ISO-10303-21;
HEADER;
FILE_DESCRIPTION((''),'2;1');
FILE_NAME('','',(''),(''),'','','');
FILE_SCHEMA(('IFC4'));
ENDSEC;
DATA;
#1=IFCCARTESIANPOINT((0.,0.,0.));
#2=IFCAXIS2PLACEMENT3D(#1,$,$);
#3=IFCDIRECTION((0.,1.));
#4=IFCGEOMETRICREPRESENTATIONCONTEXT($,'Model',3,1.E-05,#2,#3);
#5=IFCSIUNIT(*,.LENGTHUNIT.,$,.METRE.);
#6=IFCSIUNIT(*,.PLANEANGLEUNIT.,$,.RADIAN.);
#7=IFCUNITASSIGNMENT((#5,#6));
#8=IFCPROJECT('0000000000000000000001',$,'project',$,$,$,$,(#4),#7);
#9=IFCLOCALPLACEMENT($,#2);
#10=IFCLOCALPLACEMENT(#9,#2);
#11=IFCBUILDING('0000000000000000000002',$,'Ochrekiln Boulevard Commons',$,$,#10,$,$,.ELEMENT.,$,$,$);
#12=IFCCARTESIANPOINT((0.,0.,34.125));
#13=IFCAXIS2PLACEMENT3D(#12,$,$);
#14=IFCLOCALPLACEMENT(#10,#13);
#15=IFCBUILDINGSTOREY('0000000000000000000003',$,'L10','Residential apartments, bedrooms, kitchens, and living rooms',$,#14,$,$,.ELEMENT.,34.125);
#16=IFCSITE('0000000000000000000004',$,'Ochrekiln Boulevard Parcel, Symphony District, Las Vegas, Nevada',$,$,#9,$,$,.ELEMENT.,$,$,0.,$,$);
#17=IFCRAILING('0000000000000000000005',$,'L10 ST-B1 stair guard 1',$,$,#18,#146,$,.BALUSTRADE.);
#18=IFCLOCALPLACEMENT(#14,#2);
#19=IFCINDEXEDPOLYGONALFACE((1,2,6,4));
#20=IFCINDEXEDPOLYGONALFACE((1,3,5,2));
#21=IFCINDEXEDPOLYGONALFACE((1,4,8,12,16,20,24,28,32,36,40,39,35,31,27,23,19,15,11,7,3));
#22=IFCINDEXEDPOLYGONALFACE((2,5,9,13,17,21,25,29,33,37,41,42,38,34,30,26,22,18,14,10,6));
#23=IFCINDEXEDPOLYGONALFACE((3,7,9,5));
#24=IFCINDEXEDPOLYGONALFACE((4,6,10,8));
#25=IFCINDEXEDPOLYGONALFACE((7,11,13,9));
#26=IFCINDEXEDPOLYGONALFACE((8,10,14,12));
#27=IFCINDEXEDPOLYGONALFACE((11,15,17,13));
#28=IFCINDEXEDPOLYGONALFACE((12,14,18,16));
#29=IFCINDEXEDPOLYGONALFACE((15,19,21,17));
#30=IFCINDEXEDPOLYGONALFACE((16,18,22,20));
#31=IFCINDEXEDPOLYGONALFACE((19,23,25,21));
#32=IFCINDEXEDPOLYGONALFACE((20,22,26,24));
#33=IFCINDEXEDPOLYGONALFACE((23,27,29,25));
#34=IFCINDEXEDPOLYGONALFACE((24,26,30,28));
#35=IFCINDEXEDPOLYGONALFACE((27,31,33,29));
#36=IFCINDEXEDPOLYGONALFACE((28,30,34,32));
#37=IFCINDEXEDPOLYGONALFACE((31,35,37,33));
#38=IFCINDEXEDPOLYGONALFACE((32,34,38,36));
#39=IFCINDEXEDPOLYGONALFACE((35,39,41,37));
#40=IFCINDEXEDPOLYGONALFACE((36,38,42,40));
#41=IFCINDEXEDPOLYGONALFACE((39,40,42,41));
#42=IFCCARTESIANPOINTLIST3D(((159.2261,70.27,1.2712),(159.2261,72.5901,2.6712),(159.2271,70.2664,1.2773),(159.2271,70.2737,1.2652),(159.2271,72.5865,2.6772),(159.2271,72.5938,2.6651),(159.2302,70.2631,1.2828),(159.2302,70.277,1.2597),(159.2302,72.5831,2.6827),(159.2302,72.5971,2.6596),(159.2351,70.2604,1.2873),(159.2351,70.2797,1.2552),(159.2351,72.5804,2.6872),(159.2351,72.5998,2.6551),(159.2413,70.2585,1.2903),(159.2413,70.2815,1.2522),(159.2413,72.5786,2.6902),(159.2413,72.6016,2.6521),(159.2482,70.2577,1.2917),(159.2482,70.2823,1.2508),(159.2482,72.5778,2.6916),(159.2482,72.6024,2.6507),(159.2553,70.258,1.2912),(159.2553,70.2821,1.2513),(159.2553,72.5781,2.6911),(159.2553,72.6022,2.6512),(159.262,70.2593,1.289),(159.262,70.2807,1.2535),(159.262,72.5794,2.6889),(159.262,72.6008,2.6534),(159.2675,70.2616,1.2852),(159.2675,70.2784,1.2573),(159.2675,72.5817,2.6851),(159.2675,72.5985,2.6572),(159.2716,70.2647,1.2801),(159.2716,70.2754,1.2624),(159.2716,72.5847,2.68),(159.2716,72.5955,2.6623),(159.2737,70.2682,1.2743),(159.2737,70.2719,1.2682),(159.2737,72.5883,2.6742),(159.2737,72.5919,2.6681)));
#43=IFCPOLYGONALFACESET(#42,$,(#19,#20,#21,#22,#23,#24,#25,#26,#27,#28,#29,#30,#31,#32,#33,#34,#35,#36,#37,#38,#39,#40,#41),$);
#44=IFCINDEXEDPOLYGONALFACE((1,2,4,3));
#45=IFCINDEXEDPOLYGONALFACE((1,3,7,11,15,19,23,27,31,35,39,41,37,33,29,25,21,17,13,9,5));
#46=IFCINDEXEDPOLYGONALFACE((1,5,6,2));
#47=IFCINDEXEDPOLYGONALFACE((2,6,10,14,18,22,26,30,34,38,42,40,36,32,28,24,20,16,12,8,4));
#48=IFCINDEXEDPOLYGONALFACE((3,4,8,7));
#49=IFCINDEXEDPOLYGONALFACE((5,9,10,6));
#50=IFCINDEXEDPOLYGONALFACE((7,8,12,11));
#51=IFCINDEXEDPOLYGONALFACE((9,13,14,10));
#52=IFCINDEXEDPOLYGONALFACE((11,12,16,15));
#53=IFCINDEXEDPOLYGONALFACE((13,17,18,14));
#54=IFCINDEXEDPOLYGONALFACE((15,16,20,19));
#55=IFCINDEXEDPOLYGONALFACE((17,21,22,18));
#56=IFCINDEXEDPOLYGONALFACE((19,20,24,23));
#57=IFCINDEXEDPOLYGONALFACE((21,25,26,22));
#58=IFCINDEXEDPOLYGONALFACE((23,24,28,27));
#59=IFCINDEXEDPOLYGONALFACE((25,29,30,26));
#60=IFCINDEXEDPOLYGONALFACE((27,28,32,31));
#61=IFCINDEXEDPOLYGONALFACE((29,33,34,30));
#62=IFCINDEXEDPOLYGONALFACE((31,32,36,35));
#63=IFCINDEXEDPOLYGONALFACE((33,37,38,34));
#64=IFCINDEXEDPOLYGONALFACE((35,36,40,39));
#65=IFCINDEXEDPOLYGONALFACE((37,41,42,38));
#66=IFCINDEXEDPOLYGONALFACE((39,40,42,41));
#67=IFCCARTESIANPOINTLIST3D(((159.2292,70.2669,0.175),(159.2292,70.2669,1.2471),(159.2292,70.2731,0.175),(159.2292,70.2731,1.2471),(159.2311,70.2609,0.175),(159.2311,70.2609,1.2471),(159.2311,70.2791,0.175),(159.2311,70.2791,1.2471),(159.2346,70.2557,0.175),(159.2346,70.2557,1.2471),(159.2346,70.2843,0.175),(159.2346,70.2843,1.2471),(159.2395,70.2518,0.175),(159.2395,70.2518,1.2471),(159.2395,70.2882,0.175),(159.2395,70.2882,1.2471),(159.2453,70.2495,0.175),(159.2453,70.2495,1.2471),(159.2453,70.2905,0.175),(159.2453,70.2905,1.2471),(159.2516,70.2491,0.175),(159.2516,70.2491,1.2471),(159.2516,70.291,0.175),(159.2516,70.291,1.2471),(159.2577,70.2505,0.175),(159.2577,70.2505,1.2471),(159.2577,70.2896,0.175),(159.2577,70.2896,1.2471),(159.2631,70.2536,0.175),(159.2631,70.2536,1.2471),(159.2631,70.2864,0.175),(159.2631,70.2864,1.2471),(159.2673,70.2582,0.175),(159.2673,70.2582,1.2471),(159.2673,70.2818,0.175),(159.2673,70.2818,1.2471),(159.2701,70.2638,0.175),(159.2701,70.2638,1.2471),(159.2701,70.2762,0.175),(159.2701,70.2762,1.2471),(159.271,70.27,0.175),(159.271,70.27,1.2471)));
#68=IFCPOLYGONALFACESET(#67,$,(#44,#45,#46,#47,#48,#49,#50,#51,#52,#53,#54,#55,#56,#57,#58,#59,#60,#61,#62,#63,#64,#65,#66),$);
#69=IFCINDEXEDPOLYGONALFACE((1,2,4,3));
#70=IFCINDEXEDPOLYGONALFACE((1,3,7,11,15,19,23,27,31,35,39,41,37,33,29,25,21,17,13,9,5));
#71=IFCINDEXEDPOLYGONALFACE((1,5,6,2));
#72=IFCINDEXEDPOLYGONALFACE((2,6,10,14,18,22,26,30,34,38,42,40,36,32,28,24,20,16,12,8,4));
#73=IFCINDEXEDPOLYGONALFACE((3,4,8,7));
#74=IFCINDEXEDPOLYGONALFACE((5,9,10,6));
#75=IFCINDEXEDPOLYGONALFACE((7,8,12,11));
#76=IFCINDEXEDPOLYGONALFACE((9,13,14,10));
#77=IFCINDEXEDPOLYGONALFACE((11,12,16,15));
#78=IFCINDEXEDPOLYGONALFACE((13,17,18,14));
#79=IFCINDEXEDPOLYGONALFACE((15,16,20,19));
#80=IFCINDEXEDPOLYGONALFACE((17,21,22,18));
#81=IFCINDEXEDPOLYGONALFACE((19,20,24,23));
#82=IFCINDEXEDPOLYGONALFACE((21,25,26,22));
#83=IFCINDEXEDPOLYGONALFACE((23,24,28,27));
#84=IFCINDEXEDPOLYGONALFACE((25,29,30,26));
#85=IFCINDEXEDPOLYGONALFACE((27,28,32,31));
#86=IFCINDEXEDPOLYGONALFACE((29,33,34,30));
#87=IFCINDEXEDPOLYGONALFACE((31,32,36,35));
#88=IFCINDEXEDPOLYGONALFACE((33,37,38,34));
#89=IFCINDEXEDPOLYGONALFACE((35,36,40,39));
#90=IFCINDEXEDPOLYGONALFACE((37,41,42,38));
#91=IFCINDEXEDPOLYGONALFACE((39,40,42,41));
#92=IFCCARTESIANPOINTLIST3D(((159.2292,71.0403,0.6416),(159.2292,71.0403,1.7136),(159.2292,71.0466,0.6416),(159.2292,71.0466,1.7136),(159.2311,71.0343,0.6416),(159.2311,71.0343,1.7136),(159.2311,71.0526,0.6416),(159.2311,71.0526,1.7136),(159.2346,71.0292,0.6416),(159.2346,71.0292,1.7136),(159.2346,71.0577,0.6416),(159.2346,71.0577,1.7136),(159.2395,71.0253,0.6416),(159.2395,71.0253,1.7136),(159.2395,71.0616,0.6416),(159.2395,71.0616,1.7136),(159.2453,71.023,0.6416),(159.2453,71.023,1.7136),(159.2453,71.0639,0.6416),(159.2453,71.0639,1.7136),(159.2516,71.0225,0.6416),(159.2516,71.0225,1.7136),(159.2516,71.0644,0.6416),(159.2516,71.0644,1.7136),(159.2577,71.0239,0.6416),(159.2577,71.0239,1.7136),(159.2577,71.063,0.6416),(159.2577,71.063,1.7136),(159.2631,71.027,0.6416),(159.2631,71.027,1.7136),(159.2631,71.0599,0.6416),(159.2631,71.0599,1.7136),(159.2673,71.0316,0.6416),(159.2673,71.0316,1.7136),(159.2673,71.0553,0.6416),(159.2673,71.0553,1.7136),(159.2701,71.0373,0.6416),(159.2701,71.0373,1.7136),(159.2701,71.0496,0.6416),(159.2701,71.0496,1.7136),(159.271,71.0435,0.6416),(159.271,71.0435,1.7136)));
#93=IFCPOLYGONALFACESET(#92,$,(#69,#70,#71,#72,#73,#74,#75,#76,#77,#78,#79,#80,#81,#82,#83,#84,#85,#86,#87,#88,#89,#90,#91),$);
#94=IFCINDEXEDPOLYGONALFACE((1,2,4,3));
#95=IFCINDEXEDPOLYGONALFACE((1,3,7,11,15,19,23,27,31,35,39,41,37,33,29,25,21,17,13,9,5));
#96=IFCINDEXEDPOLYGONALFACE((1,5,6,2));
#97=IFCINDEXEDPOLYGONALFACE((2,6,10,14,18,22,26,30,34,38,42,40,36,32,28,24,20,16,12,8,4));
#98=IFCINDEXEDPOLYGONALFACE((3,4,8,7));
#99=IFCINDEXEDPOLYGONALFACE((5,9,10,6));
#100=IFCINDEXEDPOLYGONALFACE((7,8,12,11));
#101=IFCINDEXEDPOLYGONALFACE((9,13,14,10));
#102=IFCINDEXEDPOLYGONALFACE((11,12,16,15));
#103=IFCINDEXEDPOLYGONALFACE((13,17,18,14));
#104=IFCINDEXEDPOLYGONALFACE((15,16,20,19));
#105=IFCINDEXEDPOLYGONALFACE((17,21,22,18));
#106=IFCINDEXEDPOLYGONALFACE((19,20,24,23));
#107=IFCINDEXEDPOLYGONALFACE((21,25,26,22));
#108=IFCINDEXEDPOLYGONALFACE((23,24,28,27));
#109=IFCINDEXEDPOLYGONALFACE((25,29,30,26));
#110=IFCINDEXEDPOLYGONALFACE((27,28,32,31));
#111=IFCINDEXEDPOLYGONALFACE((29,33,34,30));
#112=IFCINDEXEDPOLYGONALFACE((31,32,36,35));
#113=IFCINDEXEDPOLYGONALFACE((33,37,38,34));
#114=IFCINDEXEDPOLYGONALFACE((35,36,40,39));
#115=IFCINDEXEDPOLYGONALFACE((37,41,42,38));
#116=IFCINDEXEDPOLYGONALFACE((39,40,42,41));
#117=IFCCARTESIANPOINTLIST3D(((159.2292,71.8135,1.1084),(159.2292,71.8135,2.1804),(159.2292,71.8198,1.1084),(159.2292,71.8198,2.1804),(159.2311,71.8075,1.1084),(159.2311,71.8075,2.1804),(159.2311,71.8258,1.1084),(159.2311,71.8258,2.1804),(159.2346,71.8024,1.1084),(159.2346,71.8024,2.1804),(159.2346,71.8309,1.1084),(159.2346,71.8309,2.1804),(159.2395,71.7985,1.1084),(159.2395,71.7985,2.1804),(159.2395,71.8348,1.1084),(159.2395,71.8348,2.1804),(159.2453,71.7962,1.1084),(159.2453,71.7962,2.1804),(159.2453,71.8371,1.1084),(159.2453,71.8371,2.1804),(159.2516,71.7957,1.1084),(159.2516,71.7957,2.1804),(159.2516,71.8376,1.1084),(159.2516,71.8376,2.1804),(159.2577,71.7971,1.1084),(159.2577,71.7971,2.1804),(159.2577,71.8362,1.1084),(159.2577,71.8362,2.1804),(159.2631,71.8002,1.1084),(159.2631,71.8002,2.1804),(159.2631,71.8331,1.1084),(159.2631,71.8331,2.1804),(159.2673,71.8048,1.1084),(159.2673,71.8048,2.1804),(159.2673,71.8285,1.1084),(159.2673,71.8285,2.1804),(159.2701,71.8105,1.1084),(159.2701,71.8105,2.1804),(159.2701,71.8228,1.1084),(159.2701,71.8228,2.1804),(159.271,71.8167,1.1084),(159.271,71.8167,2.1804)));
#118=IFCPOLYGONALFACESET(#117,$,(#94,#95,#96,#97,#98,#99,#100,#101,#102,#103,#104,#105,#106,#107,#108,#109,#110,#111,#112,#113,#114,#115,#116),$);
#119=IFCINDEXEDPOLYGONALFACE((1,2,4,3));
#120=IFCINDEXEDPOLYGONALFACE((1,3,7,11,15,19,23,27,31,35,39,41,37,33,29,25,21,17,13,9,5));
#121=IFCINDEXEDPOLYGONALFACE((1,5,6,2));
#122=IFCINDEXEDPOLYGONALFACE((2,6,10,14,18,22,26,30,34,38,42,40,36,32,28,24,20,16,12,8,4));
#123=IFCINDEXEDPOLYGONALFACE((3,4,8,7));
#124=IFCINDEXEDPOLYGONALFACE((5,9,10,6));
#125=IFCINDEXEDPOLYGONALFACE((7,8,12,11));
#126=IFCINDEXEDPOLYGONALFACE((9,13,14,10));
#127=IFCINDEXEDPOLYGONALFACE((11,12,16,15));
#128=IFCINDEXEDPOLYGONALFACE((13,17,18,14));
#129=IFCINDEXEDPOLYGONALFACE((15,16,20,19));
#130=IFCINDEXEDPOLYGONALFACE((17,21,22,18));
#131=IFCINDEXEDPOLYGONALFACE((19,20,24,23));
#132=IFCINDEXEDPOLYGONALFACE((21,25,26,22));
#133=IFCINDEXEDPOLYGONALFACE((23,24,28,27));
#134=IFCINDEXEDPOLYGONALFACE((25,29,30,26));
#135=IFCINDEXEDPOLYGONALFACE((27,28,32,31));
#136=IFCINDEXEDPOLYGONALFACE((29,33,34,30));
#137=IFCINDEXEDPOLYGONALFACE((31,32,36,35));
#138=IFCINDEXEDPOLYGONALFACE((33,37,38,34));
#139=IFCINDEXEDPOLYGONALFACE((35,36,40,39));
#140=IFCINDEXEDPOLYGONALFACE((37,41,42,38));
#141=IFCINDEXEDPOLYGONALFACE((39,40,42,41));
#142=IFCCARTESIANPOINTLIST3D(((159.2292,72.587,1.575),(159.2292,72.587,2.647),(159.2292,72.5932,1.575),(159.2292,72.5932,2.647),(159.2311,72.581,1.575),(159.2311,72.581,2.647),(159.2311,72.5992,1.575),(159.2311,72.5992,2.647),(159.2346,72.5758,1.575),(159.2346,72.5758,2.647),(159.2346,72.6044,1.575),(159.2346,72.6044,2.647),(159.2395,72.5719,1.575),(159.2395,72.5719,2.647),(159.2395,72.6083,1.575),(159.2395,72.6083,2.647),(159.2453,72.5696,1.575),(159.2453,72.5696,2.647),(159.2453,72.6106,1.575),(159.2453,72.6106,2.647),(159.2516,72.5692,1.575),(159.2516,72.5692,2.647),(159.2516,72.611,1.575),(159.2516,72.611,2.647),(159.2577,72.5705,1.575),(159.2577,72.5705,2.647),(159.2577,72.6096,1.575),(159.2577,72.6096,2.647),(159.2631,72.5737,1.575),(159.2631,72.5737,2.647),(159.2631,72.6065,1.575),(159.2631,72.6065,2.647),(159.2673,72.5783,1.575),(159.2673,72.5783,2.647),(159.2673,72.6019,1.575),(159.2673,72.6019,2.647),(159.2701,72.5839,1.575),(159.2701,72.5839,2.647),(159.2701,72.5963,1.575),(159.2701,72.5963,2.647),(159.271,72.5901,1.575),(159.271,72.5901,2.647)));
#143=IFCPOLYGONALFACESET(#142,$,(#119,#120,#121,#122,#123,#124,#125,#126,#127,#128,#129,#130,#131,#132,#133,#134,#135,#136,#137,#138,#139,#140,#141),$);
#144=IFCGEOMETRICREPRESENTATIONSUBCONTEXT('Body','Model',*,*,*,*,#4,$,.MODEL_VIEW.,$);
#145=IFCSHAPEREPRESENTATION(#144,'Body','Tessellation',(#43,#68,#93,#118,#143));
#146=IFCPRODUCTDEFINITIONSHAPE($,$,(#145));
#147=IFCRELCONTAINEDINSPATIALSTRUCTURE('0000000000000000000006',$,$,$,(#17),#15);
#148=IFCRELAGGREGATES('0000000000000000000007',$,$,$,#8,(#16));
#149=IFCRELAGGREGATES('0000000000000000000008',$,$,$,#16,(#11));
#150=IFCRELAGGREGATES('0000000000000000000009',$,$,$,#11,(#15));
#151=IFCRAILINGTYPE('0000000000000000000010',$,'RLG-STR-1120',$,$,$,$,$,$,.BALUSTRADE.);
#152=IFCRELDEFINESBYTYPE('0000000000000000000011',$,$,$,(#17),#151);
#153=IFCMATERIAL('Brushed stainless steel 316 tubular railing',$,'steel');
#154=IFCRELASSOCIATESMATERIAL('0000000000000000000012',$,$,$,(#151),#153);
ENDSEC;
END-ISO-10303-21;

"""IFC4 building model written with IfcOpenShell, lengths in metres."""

from ifc_helpers import new_model, si_unit, direction, frame, origin, origin_2d, place, context, subcontext, project, spatial, circle, extrude, material, type_object, element, save


model = new_model("IFC4")

# Units and contexts
model_context = context("Model", 3, precision=1e-05, world=origin(), true_north=direction((0.0, 1.0)))
body_context = subcontext(model_context, "Body", "Model", "MODEL_VIEW")
ifc_project = project(units=[si_unit("LENGTHUNIT", "METRE"), si_unit("PLANEANGLEUNIT", "RADIAN")], contexts=[model_context])

# Site, building, storey
site_placement = place(None, origin())
site = spatial("IfcSite", under=ifc_project, at=site_placement, Name="Ochrekiln Boulevard Parcel, Symphony District, Las Vegas, Nevada", CompositionType="ELEMENT", RefElevation=0.0)
building_placement = place(site_placement, origin())
building = spatial("IfcBuilding", under=site, at=building_placement, Name="Ochrekiln Boulevard Commons", CompositionType="ELEMENT")
storey_placement = place(building_placement, frame((0.0, 0.0, 34.125)))
storey = spatial("IfcBuildingStorey", under=building, at=storey_placement, Name="L10", Description="Residential apartments, bedrooms, kitchens, and living rooms", CompositionType="ELEMENT", Elevation=34.125)

# Railing
ifc_material_1 = material(Name="Brushed stainless steel 316 tubular railing", Category="steel")
railing_type_1 = type_object("IfcRailingType", Name="RLG-STR-1120", PredefinedType="BALUSTRADE", material=ifc_material_1)
railing_1_placement = place(storey_placement, frame((159.25, 70.27, 0.175)))
element("IfcRailing", 1, at=railing_1_placement, inside=storey, type_object=railing_type_1, Name="L10 ST-B1 stair guard 1", PredefinedType="BALUSTRADE", context=body_context, shape_type="SweptSolid", body=[
    extrude(circle(Radius=0.0239, at=origin_2d()), frame((0.0, 0.0, 1.0962), z_axis=(0.0, 0.85621, 0.516627), x_axis=(-1.0, 0.0, 0.0)), (0.0, 0.0, 1.0), 2.7097),
    extrude(circle(Radius=0.021, at=origin_2d()), origin(), (0.0, 0.0, 1.0), 1.072),
    extrude(circle(Radius=0.021, at=origin_2d()), frame((0.0, 0.7734, 0.4666)), (0.0, 0.0, 1.0), 1.072),
    extrude(circle(Radius=0.021, at=origin_2d()), frame((0.0, 1.5466, 0.9333)), (0.0, 0.0, 1.0), 1.072),
    extrude(circle(Radius=0.021, at=origin_2d()), frame((0.0, 2.3201, 1.3999)), (0.0, 0.0, 1.0), 1.072),
])

save(model, "model.ifc")
